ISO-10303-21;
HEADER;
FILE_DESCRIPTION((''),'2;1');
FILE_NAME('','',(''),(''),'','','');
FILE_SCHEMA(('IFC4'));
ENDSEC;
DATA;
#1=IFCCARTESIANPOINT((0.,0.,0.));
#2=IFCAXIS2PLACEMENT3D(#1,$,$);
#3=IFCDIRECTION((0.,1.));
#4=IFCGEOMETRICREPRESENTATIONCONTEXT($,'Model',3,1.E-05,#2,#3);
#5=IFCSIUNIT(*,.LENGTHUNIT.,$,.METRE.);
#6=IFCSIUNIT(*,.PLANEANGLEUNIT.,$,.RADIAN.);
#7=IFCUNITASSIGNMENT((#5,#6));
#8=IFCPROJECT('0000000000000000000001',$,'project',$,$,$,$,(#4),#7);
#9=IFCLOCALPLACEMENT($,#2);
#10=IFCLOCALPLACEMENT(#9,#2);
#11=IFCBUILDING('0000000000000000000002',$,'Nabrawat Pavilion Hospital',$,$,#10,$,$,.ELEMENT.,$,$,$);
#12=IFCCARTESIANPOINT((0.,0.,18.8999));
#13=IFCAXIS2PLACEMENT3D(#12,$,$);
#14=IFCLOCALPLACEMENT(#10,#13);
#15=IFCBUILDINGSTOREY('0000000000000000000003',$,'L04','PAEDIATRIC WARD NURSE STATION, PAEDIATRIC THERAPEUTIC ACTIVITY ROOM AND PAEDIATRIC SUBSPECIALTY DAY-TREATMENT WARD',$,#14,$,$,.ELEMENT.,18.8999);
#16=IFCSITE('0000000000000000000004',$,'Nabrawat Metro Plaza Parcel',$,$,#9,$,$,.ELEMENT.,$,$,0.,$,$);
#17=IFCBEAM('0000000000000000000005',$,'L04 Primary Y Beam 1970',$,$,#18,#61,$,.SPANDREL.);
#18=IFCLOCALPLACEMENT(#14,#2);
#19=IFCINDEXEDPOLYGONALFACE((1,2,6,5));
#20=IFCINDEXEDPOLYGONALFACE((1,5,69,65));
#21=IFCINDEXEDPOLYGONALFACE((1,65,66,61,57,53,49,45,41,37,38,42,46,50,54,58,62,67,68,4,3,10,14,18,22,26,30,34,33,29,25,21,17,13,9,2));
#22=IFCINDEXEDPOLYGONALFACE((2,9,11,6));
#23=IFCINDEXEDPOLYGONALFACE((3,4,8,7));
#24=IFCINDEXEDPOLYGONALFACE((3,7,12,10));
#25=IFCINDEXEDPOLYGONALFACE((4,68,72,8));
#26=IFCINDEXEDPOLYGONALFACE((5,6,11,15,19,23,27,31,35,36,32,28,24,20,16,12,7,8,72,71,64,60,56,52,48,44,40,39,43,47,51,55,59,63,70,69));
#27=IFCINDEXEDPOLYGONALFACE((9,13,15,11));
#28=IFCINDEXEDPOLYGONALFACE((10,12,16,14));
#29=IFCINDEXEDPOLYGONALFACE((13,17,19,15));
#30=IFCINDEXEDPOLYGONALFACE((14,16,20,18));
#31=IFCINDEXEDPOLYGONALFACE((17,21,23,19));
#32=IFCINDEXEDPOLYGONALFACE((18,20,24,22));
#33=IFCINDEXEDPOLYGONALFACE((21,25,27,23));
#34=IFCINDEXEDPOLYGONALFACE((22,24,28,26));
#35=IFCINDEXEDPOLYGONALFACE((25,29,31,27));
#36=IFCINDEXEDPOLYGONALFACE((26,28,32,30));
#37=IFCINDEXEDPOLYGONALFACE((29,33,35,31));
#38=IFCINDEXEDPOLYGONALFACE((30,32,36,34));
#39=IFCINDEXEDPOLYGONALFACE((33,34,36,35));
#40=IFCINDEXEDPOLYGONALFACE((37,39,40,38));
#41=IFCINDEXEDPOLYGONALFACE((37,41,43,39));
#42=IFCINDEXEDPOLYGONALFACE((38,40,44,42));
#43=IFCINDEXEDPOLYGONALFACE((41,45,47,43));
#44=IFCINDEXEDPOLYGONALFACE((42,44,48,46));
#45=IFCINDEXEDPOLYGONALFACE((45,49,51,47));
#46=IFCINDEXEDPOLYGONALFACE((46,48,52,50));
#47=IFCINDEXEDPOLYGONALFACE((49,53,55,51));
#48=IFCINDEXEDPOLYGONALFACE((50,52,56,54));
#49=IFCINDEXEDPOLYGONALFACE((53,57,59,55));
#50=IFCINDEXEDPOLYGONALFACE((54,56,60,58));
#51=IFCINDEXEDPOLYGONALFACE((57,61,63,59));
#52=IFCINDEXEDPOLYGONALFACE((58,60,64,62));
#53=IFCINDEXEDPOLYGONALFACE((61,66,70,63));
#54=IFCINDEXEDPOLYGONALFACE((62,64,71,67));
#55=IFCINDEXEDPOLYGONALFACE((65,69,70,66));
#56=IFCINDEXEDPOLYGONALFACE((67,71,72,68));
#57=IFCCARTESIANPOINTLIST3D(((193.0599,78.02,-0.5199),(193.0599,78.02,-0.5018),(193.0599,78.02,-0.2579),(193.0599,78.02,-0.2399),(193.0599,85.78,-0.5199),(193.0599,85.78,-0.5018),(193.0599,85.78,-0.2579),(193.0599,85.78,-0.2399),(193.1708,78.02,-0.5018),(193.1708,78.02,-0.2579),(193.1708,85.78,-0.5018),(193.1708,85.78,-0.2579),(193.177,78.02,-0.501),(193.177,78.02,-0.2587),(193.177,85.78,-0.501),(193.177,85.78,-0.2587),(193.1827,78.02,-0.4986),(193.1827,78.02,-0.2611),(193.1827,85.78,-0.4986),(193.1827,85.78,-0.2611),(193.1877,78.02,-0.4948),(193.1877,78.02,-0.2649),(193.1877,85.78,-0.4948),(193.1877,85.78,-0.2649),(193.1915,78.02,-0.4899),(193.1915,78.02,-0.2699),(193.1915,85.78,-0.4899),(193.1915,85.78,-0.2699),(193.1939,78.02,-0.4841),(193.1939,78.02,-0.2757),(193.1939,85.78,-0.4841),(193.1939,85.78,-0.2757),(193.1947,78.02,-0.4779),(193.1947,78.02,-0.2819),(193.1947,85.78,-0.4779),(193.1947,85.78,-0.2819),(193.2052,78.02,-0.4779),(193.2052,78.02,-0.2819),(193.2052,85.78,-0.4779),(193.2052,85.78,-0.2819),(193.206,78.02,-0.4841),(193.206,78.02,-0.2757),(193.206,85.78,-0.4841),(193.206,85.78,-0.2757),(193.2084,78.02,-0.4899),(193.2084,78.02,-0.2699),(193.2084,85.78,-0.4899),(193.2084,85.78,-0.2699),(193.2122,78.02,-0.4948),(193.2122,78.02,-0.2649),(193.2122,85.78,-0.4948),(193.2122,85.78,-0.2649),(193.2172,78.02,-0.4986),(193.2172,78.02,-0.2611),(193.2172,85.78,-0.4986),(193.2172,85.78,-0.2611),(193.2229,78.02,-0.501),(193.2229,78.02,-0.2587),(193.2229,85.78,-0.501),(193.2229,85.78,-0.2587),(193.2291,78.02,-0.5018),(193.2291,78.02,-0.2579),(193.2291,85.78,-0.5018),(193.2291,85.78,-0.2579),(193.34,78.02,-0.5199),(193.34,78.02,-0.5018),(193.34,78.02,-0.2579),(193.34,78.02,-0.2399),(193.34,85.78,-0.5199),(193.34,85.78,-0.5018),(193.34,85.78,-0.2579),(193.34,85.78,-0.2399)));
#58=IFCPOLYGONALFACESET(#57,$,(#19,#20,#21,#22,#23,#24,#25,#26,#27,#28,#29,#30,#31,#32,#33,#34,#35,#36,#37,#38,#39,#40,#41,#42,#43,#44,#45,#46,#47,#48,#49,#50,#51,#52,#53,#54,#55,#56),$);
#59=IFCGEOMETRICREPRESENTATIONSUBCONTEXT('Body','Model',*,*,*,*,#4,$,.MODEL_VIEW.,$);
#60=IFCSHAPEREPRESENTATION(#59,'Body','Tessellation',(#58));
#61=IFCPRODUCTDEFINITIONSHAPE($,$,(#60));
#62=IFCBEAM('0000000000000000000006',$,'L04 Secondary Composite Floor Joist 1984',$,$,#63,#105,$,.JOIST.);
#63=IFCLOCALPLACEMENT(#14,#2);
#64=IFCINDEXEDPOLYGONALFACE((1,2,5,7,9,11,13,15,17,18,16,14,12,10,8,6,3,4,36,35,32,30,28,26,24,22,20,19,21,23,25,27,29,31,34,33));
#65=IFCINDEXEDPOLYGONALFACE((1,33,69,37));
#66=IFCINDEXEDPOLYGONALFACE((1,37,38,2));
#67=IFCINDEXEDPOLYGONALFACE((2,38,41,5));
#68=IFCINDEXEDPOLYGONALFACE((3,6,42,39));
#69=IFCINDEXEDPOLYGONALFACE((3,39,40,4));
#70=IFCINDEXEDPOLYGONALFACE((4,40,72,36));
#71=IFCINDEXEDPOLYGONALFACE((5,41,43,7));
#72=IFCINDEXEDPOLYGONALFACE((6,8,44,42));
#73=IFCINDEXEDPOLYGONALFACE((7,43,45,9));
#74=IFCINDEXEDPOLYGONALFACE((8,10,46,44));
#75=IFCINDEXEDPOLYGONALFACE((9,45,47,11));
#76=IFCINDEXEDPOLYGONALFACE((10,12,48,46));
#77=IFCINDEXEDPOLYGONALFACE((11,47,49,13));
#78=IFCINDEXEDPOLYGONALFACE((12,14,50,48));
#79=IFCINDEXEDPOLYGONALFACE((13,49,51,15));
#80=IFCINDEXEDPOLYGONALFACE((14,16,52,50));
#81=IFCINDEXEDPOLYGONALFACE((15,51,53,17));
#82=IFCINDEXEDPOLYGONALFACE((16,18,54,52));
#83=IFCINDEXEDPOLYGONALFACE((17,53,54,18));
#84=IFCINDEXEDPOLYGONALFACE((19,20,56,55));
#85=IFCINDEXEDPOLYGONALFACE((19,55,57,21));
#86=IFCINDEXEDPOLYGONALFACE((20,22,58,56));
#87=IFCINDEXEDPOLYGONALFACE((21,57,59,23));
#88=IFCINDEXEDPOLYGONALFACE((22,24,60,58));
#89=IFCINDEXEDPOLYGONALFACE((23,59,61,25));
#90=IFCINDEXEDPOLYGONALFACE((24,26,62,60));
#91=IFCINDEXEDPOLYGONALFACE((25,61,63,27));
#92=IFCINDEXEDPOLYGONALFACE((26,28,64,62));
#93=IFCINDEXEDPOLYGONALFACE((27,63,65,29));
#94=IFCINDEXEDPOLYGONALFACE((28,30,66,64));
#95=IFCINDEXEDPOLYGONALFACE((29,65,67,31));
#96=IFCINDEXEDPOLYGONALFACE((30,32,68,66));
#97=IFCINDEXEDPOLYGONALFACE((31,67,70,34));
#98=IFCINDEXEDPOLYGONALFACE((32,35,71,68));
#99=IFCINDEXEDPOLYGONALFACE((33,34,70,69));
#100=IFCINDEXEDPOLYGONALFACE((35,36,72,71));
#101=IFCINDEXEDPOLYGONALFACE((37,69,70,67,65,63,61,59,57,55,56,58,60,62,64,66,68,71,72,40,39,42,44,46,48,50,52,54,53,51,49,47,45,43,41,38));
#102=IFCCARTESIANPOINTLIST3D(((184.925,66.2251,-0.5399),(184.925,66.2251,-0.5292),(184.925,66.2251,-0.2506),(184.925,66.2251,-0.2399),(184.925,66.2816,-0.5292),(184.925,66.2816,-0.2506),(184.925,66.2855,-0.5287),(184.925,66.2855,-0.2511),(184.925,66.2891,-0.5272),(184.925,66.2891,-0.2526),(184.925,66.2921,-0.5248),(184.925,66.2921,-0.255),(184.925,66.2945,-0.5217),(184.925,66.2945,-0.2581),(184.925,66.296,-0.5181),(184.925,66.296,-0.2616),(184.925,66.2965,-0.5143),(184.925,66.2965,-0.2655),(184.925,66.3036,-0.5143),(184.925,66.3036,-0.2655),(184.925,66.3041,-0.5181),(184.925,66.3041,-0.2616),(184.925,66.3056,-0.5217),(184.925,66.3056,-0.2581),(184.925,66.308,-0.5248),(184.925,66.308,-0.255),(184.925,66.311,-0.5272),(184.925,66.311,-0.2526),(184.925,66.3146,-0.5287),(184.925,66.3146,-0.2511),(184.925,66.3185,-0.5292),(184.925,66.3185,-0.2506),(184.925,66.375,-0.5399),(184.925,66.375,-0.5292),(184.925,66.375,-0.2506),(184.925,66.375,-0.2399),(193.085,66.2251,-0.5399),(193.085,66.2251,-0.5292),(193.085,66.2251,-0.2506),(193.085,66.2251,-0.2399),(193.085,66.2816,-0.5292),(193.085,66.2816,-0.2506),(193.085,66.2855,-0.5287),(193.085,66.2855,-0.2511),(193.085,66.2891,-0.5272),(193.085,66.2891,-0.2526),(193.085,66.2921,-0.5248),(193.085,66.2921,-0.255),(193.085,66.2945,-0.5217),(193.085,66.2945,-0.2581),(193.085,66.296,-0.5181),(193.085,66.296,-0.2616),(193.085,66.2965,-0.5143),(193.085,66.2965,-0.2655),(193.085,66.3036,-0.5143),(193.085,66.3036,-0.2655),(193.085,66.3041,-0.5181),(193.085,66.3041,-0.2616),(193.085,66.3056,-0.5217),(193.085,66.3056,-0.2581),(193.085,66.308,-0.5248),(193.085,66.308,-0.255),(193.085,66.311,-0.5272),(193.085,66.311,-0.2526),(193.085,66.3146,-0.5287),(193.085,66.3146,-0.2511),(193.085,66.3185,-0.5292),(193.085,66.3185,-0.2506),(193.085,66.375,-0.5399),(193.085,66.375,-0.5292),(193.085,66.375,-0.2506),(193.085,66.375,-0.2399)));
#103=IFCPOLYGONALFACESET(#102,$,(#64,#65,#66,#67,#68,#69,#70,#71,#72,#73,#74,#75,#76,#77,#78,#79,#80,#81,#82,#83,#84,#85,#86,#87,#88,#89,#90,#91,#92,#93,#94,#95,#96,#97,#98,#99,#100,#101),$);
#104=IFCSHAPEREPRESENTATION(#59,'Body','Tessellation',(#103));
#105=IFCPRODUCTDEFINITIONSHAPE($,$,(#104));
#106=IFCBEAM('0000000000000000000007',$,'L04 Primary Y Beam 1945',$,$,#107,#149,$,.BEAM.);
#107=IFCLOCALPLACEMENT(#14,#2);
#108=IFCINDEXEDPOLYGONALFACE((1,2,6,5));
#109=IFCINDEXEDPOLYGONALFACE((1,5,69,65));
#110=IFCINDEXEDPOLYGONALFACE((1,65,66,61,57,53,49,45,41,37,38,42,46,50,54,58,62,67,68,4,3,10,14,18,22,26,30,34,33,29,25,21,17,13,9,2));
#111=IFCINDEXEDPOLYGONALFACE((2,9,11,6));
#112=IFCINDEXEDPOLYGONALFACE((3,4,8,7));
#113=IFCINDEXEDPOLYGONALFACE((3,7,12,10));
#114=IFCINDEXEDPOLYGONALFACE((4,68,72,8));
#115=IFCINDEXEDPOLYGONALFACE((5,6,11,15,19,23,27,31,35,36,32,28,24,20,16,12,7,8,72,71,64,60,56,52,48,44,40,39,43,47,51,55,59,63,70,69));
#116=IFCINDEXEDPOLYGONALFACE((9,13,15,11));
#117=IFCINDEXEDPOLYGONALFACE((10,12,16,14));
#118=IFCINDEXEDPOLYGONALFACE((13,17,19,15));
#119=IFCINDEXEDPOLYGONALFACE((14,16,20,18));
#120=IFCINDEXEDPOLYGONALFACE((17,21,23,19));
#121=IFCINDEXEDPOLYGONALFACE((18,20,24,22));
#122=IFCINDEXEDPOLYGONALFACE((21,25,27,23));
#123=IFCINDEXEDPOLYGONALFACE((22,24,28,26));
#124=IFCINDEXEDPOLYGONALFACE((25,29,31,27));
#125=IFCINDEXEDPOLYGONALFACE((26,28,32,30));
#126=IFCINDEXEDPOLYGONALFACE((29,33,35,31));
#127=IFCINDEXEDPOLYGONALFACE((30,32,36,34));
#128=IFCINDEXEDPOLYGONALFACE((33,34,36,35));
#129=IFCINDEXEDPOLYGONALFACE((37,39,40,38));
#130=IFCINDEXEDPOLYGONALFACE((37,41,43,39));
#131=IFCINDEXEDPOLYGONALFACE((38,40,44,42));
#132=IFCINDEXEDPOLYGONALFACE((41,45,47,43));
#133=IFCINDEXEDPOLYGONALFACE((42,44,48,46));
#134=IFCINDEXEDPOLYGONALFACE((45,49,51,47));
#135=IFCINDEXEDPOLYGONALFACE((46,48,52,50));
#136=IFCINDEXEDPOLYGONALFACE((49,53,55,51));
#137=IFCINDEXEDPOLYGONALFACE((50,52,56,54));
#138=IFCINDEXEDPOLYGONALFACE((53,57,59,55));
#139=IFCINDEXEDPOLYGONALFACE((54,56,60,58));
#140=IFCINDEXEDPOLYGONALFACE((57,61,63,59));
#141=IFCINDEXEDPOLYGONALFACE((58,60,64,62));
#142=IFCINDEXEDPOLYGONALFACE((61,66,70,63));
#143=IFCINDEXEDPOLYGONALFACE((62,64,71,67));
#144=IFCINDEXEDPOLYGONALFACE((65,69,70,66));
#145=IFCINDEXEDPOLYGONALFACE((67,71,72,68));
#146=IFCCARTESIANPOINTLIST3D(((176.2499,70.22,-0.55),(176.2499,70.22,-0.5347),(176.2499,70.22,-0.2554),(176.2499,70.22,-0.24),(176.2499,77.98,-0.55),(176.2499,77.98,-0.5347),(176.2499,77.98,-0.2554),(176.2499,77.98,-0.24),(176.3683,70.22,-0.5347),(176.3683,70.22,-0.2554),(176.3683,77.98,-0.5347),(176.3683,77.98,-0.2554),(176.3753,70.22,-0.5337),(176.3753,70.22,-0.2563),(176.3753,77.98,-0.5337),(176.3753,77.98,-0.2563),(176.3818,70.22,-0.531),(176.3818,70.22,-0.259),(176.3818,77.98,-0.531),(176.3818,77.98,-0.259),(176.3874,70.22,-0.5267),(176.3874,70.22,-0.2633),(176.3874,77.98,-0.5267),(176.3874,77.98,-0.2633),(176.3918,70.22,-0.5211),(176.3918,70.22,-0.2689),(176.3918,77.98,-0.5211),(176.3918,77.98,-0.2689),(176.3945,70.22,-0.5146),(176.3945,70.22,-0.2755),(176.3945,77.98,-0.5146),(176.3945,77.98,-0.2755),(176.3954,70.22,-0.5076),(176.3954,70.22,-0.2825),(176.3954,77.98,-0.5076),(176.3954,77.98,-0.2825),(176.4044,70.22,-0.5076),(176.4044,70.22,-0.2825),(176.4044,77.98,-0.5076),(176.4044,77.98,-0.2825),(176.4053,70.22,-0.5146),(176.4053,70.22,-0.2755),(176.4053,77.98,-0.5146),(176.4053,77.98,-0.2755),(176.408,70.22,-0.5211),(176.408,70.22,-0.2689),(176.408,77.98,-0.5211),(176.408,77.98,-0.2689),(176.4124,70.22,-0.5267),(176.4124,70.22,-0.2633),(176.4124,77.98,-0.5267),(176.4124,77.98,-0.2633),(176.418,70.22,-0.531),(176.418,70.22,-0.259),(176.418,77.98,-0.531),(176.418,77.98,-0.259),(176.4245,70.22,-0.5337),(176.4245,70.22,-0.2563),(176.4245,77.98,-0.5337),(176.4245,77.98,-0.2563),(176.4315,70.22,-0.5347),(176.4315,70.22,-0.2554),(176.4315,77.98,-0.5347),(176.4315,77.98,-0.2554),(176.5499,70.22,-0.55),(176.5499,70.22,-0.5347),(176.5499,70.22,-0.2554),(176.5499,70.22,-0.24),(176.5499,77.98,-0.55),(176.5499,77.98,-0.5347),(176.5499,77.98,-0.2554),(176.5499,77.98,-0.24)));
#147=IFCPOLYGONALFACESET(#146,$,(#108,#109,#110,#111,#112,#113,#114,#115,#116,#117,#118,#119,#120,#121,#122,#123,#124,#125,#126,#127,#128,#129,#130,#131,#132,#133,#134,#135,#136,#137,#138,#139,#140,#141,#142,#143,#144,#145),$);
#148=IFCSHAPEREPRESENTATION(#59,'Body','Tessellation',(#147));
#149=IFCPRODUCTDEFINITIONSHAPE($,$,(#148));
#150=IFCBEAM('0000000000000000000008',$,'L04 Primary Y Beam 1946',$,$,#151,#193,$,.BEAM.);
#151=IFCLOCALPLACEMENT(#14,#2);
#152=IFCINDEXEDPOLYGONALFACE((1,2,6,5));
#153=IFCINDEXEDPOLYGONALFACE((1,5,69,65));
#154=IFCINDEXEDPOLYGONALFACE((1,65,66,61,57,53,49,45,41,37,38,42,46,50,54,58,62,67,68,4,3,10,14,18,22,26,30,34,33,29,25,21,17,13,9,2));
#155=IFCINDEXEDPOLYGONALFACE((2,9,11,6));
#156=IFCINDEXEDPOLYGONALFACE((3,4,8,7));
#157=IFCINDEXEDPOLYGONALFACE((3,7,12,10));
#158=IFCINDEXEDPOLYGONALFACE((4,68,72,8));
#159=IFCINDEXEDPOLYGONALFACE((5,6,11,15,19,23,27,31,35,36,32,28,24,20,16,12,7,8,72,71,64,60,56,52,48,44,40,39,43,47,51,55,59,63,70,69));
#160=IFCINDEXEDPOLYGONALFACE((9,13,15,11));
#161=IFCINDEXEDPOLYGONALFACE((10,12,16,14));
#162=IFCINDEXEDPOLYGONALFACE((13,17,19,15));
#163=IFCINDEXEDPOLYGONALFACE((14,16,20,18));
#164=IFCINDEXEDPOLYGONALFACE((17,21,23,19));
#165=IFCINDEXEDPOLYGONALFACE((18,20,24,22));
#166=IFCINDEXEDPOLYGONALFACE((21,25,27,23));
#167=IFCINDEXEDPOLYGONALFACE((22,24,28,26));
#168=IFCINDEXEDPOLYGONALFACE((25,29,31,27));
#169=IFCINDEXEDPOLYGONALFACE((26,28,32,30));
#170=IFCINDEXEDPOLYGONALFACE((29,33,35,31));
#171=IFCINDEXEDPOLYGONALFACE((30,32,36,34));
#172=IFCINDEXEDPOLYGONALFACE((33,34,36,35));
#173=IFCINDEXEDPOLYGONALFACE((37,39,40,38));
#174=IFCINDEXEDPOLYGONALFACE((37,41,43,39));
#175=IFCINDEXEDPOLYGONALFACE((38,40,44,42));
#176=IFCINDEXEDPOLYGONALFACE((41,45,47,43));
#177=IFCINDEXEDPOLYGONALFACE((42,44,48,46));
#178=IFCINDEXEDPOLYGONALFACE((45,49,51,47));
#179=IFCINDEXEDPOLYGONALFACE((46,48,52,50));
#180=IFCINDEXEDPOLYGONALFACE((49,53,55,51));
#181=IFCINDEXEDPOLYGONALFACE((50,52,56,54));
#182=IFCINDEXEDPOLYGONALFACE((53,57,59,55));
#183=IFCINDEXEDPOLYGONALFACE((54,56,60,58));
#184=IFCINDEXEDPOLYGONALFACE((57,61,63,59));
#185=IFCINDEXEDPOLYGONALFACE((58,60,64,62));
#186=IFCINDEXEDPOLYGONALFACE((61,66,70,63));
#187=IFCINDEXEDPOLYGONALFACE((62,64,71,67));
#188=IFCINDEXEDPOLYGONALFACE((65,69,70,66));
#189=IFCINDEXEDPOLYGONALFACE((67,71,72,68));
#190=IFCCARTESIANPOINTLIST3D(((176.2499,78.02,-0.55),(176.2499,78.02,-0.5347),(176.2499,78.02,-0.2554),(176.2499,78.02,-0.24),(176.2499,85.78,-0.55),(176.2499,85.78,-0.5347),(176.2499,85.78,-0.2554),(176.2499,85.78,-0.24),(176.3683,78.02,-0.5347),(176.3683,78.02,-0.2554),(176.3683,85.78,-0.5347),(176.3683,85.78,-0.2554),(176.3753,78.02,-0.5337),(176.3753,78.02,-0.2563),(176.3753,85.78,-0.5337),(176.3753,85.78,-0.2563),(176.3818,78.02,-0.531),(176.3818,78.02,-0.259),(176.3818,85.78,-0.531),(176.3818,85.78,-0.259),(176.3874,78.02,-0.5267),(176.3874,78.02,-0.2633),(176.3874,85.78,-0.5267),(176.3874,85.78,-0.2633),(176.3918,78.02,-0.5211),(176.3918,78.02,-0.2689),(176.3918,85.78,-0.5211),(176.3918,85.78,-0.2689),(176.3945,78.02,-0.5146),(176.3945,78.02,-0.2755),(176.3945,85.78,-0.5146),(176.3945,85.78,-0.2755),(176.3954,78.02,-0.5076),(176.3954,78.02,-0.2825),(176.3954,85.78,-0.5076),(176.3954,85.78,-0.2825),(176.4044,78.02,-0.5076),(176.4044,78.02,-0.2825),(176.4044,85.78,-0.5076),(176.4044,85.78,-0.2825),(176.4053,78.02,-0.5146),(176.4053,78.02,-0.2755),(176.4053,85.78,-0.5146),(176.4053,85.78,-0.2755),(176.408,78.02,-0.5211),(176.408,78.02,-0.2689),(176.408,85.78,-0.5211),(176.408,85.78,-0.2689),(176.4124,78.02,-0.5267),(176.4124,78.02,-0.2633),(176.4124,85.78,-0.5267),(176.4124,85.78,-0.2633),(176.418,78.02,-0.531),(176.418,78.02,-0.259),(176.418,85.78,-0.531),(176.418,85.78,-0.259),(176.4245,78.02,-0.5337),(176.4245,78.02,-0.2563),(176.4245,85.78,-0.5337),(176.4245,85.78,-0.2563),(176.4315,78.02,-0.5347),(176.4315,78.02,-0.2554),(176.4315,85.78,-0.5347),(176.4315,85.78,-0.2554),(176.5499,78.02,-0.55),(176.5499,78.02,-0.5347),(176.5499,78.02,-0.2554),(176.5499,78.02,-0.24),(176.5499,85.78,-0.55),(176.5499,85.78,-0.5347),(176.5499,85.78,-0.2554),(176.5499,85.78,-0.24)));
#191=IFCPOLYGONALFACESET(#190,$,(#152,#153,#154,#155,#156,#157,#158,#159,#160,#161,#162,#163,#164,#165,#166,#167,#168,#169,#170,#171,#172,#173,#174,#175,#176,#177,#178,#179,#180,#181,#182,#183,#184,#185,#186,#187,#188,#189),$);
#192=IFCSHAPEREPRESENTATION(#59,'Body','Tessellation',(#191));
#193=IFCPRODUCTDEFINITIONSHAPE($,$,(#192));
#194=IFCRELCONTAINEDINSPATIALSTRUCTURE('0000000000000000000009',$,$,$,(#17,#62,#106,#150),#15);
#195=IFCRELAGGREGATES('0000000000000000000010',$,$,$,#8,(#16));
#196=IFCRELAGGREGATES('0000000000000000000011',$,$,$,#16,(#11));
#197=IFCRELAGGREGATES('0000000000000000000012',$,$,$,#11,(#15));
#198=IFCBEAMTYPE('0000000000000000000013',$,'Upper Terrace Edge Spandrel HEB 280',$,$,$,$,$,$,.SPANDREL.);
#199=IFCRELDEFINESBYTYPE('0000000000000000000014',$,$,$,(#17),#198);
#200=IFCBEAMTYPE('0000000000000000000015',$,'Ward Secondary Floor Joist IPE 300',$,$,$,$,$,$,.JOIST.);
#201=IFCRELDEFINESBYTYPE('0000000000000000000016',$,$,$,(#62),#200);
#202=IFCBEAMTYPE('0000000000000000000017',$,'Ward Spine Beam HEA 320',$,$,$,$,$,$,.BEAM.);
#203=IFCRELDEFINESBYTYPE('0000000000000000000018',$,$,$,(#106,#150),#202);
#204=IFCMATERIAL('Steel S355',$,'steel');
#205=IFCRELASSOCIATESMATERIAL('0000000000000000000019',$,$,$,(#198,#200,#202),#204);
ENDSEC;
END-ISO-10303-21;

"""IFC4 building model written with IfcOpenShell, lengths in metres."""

from ifc_helpers import new_model, si_unit, direction, frame, origin, origin_2d, place, context, subcontext, project, spatial, i_section, extrude, material, material_profile, profile_set, type_object, element, save


model = new_model("IFC4")

# Units and contexts
model_context = context("Model", 3, precision=1e-05, world=origin(), true_north=direction((0.0, 1.0)))
body_context = subcontext(model_context, "Body", "Model", "MODEL_VIEW")
ifc_project = project(units=[si_unit("LENGTHUNIT", "METRE"), si_unit("PLANEANGLEUNIT", "RADIAN")], contexts=[model_context])

# Site, building, storey
site_placement = place(None, origin())
site = spatial("IfcSite", under=ifc_project, at=site_placement, Name="Nabrawat Metro Plaza Parcel", CompositionType="ELEMENT", RefElevation=0.0)
building_placement = place(site_placement, origin())
building = spatial("IfcBuilding", under=site, at=building_placement, Name="Nabrawat Pavilion Hospital", CompositionType="ELEMENT")
storey_placement = place(building_placement, frame((0.0, 0.0, 18.8999)))
storey = spatial("IfcBuildingStorey", under=building, at=storey_placement, Name="L04", Description="PAEDIATRIC WARD NURSE STATION, PAEDIATRIC THERAPEUTIC ACTIVITY ROOM AND PAEDIATRIC SUBSPECIALTY DAY-TREATMENT WARD", CompositionType="ELEMENT", Elevation=18.8999)

# Shared definitions
ifc_material_1 = material(Name="Steel S355", Category="steel")

# Beams
ifc_material_profile_1 = material_profile(ifc_material_1, i_section(OverallWidth=0.28, OverallDepth=0.28, WebThickness=0.0105, FlangeThickness=0.0181, FilletRadius=0.0239, at=origin_2d()), Name="HEB 280")
ifc_profile_set_1 = profile_set([ifc_material_profile_1], Name="Steel S355")
beam_type_1 = type_object("IfcBeamType", Name="Upper Terrace Edge Spandrel HEB 280", PredefinedType="SPANDREL", material=ifc_profile_set_1)
for number, where, z_axis, x_axis, name in (
    (1, (193.2, 78.02, -0.3799), (0.0, 1.0, 0.0), (-1.0, 0.0, 0.0), "L04 Primary Y Beam 1970"),
):
    element("IfcBeam", number, at=place(storey_placement, frame(where, z_axis=z_axis, x_axis=x_axis)), inside=storey, type_object=beam_type_1, Name=name, PredefinedType="SPANDREL", context=body_context, shape_type="SweptSolid", body=[
        extrude(i_section(OverallWidth=0.28, OverallDepth=0.28, WebThickness=0.0105, FlangeThickness=0.0181, FilletRadius=0.0239, at=origin_2d()), origin(), (0.0, 0.0, 1.0), 7.76),
    ])
ifc_material_profile_2 = material_profile(ifc_material_1, i_section(OverallWidth=0.1499, OverallDepth=0.3, WebThickness=0.0071, FlangeThickness=0.0107, FilletRadius=0.0149, at=origin_2d()), Name="IPE 300")
ifc_profile_set_2 = profile_set([ifc_material_profile_2], Name="Steel S355")
beam_type_2 = type_object("IfcBeamType", Name="Ward Secondary Floor Joist IPE 300", PredefinedType="JOIST", material=ifc_profile_set_2)
beam_1_placement = place(storey_placement, frame((184.925, 66.3, -0.3899), z_axis=(1.0, 0.0, 0.0), x_axis=(0.0, 1.0, 0.0)))
element("IfcBeam", 2, at=beam_1_placement, inside=storey, type_object=beam_type_2, Name="L04 Secondary Composite Floor Joist 1984", PredefinedType="JOIST", context=body_context, shape_type="SweptSolid", body=[
    extrude(i_section(OverallWidth=0.1499, OverallDepth=0.3, WebThickness=0.0071, FlangeThickness=0.0107, FilletRadius=0.0149, at=origin_2d()), origin(), (0.0, 0.0, 1.0), 8.1599),
])
ifc_material_profile_3 = material_profile(ifc_material_1, i_section(OverallWidth=0.3, OverallDepth=0.3101, WebThickness=0.009, FlangeThickness=0.0154, FilletRadius=0.0271, at=origin_2d()), Name="HEA 320")
ifc_profile_set_3 = profile_set([ifc_material_profile_3], Name="Steel S355")
beam_type_3 = type_object("IfcBeamType", Name="Ward Spine Beam HEA 320", PredefinedType="BEAM", material=ifc_profile_set_3)
for number, where, z_axis, x_axis, name in (
    (3, (176.3999, 70.22, -0.395), (0.0, 1.0, 0.0), (-1.0, 0.0, 0.0), "L04 Primary Y Beam 1945"),
    (4, (176.3999, 78.02, -0.395), (0.0, 1.0, 0.0), (-1.0, 0.0, 0.0), "L04 Primary Y Beam 1946"),
):
    element("IfcBeam", number, at=place(storey_placement, frame(where, z_axis=z_axis, x_axis=x_axis)), inside=storey, type_object=beam_type_3, Name=name, PredefinedType="BEAM", context=body_context, shape_type="SweptSolid", body=[
        extrude(i_section(OverallWidth=0.3, OverallDepth=0.3101, WebThickness=0.009, FlangeThickness=0.0154, FilletRadius=0.0271, at=origin_2d()), origin(), (0.0, 0.0, 1.0), 7.76),
    ])

save(model, "model.ifc")
